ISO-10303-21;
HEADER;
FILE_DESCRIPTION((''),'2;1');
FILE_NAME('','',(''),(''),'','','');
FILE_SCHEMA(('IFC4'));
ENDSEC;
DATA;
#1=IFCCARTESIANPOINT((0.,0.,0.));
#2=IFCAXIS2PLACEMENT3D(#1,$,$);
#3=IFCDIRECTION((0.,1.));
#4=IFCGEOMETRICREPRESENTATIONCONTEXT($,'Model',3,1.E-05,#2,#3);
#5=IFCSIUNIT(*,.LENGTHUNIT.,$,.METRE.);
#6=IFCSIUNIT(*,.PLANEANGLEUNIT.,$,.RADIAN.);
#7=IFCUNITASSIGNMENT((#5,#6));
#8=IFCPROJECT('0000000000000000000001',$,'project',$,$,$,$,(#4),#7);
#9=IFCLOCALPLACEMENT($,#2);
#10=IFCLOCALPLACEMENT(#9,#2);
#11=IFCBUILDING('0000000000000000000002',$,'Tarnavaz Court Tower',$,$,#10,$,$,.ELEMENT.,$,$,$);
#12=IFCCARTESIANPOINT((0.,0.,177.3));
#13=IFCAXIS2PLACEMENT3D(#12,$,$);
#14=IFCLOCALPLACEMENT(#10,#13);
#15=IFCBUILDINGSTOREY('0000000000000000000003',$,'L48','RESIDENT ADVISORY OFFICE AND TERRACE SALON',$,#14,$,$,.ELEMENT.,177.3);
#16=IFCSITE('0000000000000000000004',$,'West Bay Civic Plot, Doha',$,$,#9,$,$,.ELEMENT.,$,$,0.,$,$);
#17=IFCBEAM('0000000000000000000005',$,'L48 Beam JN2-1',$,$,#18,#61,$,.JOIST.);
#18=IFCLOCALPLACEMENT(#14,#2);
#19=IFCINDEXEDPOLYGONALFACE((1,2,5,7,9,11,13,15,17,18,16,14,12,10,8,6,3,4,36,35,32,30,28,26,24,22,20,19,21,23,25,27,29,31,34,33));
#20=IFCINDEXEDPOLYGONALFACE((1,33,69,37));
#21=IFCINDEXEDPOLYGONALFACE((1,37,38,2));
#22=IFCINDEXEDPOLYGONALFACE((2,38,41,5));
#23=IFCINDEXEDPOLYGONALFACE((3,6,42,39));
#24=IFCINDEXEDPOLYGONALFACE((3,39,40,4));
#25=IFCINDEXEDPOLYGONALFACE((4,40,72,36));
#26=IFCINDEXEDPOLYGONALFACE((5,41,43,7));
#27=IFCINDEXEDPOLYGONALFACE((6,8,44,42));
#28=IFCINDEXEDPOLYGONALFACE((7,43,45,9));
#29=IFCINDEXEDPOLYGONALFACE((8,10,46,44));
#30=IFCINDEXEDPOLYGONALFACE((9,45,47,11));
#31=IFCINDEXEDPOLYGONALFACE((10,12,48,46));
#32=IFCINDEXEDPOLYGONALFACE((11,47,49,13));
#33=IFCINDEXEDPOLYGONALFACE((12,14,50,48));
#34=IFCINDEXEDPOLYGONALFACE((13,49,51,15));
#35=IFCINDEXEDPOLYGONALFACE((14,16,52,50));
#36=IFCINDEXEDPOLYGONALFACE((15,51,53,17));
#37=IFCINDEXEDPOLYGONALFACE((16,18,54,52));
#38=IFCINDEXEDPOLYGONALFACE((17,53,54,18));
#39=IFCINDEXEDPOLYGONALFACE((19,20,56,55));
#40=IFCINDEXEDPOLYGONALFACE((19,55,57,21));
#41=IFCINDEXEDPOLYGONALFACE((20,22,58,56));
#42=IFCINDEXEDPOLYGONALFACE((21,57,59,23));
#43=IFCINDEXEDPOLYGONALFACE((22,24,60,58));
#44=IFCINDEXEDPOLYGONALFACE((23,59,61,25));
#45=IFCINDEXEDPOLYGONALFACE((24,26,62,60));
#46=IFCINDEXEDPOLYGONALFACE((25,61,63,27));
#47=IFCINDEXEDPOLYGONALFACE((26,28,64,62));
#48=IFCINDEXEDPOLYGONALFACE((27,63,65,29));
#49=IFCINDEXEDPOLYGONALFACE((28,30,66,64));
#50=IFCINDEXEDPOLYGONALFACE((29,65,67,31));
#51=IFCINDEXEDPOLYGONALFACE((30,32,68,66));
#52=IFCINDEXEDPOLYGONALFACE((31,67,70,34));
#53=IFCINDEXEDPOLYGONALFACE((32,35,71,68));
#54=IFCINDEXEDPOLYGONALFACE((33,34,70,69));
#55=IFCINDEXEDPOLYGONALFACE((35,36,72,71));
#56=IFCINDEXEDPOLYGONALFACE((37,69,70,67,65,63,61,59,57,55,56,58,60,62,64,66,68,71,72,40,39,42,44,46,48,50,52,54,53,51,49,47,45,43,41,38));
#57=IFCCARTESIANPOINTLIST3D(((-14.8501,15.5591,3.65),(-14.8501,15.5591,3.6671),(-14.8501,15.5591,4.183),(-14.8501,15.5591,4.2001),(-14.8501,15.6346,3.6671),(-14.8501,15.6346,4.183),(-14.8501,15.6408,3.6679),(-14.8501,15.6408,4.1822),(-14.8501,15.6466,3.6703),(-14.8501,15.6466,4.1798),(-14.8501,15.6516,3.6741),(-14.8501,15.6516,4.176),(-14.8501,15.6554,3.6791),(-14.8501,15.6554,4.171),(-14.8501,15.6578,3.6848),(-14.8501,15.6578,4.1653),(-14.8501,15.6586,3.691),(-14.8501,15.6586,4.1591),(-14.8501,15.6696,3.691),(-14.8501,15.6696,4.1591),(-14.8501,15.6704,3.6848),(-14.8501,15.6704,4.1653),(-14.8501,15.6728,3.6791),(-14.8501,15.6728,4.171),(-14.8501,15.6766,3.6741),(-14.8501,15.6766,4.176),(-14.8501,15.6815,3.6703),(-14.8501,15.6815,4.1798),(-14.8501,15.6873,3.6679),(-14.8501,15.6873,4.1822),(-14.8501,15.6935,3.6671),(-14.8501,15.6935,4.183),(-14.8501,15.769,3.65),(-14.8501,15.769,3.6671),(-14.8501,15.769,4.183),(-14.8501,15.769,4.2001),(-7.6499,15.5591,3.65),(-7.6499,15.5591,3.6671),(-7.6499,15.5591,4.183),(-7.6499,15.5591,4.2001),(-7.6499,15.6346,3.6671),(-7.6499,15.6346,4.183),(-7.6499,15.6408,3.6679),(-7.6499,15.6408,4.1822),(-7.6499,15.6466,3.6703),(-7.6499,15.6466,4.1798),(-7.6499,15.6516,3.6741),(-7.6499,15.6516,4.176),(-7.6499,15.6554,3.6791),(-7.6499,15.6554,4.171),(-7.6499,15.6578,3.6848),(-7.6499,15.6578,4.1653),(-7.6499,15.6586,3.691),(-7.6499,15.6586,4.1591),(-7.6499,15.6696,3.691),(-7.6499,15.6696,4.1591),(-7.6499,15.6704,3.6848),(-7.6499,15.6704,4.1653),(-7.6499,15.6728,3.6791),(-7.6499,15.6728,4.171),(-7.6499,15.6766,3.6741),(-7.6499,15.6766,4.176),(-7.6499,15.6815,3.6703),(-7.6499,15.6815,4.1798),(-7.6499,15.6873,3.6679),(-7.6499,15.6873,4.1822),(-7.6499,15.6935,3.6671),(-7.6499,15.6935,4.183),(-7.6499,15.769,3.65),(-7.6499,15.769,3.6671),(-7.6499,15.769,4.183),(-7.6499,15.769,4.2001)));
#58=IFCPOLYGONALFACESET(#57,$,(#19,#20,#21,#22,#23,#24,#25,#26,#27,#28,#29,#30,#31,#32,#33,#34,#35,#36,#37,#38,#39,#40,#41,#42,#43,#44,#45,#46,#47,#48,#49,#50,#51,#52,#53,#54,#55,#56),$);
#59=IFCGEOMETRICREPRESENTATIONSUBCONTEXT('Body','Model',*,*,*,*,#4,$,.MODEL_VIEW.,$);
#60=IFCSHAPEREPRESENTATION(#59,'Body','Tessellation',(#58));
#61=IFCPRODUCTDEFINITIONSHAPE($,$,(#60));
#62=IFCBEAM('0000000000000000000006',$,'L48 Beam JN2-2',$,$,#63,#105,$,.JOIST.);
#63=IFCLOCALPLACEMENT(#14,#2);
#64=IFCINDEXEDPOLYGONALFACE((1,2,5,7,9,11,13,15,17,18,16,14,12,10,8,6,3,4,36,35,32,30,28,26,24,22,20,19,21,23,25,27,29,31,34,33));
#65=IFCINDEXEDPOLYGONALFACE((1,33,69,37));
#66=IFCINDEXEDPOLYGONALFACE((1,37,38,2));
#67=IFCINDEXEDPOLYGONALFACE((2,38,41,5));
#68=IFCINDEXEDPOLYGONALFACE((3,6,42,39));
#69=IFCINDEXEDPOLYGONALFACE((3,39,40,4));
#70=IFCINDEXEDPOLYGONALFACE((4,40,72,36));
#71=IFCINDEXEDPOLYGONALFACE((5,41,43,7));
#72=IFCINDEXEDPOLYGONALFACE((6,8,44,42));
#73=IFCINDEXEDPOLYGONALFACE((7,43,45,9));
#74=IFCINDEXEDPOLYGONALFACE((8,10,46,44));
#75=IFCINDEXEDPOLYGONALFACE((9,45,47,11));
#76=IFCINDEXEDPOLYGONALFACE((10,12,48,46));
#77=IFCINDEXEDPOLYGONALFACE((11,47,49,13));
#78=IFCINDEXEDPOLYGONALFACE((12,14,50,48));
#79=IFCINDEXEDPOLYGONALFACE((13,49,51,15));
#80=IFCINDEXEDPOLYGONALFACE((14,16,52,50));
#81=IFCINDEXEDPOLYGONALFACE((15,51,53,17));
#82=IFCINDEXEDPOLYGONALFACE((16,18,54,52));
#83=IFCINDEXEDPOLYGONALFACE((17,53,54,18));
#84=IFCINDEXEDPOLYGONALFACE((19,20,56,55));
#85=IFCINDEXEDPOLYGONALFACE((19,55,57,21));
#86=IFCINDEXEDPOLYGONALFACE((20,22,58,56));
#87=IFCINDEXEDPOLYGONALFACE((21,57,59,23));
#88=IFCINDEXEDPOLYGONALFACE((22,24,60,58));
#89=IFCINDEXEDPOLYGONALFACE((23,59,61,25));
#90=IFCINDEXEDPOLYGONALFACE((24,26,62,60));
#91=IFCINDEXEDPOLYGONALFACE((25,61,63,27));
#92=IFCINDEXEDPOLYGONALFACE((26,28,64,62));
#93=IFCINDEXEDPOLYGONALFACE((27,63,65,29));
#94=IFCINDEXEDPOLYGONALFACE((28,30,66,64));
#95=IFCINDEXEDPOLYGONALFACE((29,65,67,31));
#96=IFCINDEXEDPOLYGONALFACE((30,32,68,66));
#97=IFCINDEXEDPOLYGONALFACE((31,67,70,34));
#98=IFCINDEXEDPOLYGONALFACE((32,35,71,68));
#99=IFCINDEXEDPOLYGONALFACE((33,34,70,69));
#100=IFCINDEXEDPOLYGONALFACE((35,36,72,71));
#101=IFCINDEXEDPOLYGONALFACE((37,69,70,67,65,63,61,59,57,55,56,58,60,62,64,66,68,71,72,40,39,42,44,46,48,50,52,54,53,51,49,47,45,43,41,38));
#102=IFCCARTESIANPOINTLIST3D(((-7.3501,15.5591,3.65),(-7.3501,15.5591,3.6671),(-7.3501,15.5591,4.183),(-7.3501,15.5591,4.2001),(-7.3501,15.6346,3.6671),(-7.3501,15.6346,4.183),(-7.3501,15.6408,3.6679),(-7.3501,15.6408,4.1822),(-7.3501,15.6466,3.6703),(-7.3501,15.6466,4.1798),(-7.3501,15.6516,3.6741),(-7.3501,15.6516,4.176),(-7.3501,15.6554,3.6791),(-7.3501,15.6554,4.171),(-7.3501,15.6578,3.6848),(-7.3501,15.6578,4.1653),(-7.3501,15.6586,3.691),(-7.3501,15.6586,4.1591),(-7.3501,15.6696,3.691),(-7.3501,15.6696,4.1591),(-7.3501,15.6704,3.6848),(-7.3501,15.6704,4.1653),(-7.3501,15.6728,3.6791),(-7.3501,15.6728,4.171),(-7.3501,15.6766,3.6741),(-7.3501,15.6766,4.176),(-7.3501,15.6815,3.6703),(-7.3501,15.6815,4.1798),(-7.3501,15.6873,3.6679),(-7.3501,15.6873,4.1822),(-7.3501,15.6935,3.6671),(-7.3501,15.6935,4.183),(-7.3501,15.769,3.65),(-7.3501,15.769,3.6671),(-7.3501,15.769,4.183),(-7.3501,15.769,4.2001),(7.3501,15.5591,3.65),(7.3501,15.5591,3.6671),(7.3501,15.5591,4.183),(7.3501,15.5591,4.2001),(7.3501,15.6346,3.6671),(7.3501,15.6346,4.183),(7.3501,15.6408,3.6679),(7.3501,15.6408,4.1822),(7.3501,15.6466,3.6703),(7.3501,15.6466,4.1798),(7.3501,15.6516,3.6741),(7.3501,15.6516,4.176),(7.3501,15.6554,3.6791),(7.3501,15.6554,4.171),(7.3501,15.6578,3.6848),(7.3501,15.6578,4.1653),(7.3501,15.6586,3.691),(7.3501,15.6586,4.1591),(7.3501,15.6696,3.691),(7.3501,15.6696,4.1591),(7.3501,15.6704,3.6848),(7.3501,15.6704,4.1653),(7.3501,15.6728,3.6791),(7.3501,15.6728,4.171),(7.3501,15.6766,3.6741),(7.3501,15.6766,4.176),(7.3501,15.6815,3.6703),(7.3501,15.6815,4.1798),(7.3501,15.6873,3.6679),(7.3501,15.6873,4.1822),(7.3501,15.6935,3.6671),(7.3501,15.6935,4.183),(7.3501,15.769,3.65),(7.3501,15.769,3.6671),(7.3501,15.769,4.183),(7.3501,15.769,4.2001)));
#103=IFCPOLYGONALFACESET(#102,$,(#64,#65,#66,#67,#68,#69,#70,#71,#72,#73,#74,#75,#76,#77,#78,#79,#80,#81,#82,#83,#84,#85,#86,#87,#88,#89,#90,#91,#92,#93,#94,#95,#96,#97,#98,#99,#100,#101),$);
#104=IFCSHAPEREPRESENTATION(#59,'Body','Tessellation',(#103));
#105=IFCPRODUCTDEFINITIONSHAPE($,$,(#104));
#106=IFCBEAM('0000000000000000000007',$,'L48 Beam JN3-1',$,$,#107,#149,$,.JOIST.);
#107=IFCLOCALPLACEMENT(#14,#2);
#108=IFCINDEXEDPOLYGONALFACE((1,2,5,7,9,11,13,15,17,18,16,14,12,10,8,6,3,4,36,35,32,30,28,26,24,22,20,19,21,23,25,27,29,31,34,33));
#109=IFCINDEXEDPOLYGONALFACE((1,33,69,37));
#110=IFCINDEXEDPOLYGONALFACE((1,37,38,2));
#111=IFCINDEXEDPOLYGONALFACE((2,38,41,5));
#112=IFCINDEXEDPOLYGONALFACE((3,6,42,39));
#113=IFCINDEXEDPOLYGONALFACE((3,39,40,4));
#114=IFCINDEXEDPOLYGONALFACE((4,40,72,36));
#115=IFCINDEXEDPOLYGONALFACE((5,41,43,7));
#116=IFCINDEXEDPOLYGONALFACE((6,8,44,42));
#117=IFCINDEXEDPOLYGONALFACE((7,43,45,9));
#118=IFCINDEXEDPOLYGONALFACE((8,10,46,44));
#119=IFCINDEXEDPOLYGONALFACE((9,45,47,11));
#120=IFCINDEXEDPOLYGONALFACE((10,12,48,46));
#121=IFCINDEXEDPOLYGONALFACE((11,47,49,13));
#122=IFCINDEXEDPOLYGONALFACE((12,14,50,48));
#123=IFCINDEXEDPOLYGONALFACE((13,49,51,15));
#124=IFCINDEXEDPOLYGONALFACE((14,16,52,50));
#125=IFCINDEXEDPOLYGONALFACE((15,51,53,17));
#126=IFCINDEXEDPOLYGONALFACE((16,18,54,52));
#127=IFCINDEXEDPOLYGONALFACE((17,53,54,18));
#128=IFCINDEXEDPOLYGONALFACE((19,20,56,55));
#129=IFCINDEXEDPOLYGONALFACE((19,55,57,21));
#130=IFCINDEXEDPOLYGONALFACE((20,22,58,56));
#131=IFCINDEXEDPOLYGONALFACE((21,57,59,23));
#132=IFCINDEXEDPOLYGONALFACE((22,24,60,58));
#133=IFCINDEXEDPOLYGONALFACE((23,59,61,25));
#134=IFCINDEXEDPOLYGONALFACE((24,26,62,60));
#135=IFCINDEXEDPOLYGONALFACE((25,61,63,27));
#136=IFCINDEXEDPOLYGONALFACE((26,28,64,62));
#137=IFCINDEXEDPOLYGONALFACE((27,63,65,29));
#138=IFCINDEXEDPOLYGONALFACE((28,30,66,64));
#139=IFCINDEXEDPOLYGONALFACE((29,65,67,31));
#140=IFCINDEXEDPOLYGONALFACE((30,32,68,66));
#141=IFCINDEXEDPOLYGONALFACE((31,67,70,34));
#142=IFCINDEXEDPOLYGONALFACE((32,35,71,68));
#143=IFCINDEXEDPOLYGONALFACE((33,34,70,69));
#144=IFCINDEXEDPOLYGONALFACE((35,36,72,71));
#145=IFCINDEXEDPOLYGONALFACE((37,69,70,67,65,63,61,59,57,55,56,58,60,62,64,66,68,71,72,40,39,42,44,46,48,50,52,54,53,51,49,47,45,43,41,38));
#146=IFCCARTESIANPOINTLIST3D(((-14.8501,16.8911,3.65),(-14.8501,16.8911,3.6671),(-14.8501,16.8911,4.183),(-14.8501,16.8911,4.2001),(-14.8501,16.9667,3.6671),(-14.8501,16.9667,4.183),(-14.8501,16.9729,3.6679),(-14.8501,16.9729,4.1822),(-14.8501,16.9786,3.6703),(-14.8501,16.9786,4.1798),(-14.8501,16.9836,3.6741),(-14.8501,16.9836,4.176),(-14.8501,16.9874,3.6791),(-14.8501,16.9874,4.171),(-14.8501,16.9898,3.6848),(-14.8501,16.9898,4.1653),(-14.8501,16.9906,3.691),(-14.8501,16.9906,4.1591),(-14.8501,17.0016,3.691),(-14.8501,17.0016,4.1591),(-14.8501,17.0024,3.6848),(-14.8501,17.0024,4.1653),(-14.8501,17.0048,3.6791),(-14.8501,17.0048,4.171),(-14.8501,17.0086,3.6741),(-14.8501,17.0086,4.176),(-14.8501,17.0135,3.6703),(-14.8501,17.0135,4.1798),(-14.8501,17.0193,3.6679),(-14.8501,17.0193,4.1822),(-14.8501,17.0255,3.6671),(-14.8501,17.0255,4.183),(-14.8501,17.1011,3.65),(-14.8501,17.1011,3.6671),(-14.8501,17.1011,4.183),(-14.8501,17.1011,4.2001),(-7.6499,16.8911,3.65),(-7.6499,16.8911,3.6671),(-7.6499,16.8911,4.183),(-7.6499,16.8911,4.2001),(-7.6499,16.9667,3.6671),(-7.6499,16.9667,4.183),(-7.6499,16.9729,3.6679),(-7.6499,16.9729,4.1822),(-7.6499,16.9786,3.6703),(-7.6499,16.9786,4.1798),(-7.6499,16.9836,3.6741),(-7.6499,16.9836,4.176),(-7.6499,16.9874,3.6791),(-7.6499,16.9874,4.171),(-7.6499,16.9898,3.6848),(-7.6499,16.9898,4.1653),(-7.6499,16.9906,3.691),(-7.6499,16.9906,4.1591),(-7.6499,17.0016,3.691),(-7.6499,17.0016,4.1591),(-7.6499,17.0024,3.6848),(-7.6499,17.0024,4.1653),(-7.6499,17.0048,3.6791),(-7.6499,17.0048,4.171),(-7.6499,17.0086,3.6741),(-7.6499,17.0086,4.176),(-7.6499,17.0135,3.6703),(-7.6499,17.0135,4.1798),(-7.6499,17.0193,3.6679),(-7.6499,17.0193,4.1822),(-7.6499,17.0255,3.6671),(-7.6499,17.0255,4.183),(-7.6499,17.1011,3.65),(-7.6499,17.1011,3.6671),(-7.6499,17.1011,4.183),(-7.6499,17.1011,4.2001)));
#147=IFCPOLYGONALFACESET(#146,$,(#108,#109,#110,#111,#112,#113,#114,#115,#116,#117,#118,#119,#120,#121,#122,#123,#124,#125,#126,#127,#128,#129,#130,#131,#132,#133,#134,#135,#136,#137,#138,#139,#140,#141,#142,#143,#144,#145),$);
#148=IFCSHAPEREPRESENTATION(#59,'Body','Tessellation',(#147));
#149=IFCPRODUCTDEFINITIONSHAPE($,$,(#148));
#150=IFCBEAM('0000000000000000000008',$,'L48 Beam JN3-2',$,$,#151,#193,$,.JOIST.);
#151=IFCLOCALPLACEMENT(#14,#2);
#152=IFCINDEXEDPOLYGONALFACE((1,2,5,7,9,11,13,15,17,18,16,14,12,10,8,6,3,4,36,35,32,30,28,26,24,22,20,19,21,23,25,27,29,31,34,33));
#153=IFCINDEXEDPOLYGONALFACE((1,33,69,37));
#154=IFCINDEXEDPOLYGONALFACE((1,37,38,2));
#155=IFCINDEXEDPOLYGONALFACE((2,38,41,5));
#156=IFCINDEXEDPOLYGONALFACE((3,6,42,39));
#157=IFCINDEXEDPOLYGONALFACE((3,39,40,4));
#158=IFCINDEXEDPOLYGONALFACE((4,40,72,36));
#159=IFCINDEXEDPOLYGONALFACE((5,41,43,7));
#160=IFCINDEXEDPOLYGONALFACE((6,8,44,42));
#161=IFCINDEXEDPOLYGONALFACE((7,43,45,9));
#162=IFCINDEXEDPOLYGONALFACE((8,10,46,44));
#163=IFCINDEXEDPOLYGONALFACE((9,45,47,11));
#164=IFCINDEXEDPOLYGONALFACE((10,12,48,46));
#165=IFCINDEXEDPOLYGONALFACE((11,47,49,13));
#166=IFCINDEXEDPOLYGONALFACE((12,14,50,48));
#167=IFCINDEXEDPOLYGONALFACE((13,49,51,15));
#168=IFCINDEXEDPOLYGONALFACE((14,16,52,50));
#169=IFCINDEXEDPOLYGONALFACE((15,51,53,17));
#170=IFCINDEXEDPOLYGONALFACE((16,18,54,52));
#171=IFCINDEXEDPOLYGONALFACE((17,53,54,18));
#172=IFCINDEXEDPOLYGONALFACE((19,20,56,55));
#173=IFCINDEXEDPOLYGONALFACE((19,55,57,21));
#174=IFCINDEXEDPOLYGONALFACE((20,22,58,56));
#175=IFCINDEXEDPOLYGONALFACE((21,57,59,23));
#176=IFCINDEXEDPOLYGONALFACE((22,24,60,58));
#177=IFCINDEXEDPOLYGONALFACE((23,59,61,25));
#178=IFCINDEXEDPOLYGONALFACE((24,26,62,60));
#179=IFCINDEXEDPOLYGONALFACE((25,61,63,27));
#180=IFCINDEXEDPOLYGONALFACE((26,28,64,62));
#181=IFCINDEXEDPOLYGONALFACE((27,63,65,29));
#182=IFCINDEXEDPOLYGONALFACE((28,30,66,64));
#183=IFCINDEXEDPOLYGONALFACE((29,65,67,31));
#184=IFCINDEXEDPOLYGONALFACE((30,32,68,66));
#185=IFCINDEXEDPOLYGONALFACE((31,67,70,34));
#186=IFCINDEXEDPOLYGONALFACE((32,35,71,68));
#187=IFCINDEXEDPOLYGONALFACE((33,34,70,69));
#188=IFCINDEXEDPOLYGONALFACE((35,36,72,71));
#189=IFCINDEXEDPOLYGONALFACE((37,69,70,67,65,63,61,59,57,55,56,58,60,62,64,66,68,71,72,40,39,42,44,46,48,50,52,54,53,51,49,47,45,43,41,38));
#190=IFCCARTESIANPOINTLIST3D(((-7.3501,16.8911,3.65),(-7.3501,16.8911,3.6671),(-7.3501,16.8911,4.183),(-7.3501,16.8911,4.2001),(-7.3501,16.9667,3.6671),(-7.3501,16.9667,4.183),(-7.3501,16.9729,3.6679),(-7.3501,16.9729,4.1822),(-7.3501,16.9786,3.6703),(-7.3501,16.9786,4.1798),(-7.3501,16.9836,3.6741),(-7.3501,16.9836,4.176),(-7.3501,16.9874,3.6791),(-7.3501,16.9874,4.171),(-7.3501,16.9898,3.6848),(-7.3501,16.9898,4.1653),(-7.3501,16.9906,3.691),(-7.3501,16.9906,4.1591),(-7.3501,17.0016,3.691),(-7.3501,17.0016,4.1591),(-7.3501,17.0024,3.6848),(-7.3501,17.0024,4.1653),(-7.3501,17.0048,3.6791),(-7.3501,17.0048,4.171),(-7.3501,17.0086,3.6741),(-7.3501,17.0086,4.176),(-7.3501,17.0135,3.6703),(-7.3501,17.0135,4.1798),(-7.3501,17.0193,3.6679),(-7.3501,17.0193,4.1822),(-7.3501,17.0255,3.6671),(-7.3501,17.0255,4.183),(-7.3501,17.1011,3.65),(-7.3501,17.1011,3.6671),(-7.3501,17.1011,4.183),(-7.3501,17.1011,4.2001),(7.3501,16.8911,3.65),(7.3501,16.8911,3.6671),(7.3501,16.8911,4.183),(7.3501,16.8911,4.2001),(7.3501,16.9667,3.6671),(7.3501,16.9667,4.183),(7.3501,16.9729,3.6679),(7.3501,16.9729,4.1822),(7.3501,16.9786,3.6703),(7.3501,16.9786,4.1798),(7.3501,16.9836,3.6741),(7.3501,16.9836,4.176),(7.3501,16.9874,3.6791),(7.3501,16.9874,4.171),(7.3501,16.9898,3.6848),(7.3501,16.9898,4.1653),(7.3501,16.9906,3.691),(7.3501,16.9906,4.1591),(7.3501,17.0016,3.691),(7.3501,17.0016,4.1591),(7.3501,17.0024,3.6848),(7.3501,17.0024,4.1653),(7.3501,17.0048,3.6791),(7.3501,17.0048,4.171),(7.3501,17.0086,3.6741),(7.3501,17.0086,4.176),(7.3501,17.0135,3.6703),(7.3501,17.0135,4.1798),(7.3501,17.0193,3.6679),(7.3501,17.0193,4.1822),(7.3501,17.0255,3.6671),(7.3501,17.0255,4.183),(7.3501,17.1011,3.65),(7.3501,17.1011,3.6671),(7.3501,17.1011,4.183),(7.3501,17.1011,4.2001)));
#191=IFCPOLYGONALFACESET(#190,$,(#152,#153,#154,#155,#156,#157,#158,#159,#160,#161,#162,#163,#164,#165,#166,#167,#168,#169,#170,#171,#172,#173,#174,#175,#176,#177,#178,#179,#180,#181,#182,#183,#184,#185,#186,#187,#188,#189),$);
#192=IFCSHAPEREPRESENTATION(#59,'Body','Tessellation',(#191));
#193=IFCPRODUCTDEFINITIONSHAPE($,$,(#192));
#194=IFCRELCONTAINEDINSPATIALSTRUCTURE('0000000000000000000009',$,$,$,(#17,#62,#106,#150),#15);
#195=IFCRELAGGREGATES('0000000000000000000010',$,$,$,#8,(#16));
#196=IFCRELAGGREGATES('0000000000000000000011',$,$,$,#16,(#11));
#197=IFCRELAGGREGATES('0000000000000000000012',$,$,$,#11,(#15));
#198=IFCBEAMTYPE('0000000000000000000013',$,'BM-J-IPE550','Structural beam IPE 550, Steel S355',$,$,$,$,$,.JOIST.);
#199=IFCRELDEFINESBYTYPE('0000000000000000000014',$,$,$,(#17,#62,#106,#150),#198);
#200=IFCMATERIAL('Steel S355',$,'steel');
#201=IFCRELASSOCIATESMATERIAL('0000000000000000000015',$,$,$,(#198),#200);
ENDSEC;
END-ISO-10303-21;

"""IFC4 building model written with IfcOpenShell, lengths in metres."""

from ifc_helpers import new_model, si_unit, direction, frame, origin, origin_2d, place, context, subcontext, project, spatial, i_section, extrude, material, material_profile, profile_set, type_object, element, save


model = new_model("IFC4")

# Units and contexts
model_context = context("Model", 3, precision=1e-05, world=origin(), true_north=direction((0.0, 1.0)))
body_context = subcontext(model_context, "Body", "Model", "MODEL_VIEW")
ifc_project = project(units=[si_unit("LENGTHUNIT", "METRE"), si_unit("PLANEANGLEUNIT", "RADIAN")], contexts=[model_context])

# Site, building, storey
site_placement = place(None, origin())
site = spatial("IfcSite", under=ifc_project, at=site_placement, Name="West Bay Civic Plot, Doha", CompositionType="ELEMENT", RefElevation=0.0)
building_placement = place(site_placement, origin())
building = spatial("IfcBuilding", under=site, at=building_placement, Name="Tarnavaz Court Tower", CompositionType="ELEMENT")
storey_placement = place(building_placement, frame((0.0, 0.0, 177.3)))
storey = spatial("IfcBuildingStorey", under=building, at=storey_placement, Name="L48", Description="RESIDENT ADVISORY OFFICE AND TERRACE SALON", CompositionType="ELEMENT", Elevation=177.3)

# Beams
ifc_material_1 = material(Name="Steel S355", Category="steel")
ifc_material_profile_1 = material_profile(ifc_material_1, i_section(OverallWidth=0.21, OverallDepth=0.55, WebThickness=0.011, FlangeThickness=0.0171, FilletRadius=0.0239, at=origin_2d()), Name="IPE 550")
ifc_profile_set_1 = profile_set([ifc_material_profile_1], Name="Steel S355")
beam_type_1 = type_object("IfcBeamType", Name="BM-J-IPE550", Description="Structural beam IPE 550, Steel S355", PredefinedType="JOIST", material=ifc_profile_set_1)
beam_1_placement = place(storey_placement, frame((-14.8501, 15.6641, 3.925), z_axis=(1.0, 0.0, 0.0), x_axis=(0.0, 1.0, 0.0)))
element("IfcBeam", 1, at=beam_1_placement, inside=storey, type_object=beam_type_1, Name="L48 Beam JN2-1", PredefinedType="JOIST", context=body_context, shape_type="SweptSolid", body=[
    extrude(i_section(OverallWidth=0.21, OverallDepth=0.55, WebThickness=0.011, FlangeThickness=0.0171, FilletRadius=0.0239, at=origin_2d()), origin(), (0.0, 0.0, 1.0), 7.2002),
])
beam_2_placement = place(storey_placement, frame((-7.3501, 15.6641, 3.925), z_axis=(1.0, 0.0, 0.0), x_axis=(0.0, 1.0, 0.0)))
element("IfcBeam", 2, at=beam_2_placement, inside=storey, type_object=beam_type_1, Name="L48 Beam JN2-2", PredefinedType="JOIST", context=body_context, shape_type="SweptSolid", body=[
    extrude(i_section(OverallWidth=0.21, OverallDepth=0.55, WebThickness=0.011, FlangeThickness=0.0171, FilletRadius=0.0239, at=origin_2d()), origin(), (0.0, 0.0, 1.0), 14.7002),
])
beam_3_placement = place(storey_placement, frame((-14.8501, 16.9961, 3.925), z_axis=(1.0, 0.0, 0.0), x_axis=(0.0, 1.0, 0.0)))
element("IfcBeam", 3, at=beam_3_placement, inside=storey, type_object=beam_type_1, Name="L48 Beam JN3-1", PredefinedType="JOIST", context=body_context, shape_type="SweptSolid", body=[
    extrude(i_section(OverallWidth=0.21, OverallDepth=0.55, WebThickness=0.011, FlangeThickness=0.0171, FilletRadius=0.0239, at=origin_2d()), origin(), (0.0, 0.0, 1.0), 7.2002),
])
beam_4_placement = place(storey_placement, frame((-7.3501, 16.9961, 3.925), z_axis=(1.0, 0.0, 0.0), x_axis=(0.0, 1.0, 0.0)))
element("IfcBeam", 4, at=beam_4_placement, inside=storey, type_object=beam_type_1, Name="L48 Beam JN3-2", PredefinedType="JOIST", context=body_context, shape_type="SweptSolid", body=[
    extrude(i_section(OverallWidth=0.21, OverallDepth=0.55, WebThickness=0.011, FlangeThickness=0.0171, FilletRadius=0.0239, at=origin_2d()), origin(), (0.0, 0.0, 1.0), 14.7002),
])

save(model, "model.ifc")
